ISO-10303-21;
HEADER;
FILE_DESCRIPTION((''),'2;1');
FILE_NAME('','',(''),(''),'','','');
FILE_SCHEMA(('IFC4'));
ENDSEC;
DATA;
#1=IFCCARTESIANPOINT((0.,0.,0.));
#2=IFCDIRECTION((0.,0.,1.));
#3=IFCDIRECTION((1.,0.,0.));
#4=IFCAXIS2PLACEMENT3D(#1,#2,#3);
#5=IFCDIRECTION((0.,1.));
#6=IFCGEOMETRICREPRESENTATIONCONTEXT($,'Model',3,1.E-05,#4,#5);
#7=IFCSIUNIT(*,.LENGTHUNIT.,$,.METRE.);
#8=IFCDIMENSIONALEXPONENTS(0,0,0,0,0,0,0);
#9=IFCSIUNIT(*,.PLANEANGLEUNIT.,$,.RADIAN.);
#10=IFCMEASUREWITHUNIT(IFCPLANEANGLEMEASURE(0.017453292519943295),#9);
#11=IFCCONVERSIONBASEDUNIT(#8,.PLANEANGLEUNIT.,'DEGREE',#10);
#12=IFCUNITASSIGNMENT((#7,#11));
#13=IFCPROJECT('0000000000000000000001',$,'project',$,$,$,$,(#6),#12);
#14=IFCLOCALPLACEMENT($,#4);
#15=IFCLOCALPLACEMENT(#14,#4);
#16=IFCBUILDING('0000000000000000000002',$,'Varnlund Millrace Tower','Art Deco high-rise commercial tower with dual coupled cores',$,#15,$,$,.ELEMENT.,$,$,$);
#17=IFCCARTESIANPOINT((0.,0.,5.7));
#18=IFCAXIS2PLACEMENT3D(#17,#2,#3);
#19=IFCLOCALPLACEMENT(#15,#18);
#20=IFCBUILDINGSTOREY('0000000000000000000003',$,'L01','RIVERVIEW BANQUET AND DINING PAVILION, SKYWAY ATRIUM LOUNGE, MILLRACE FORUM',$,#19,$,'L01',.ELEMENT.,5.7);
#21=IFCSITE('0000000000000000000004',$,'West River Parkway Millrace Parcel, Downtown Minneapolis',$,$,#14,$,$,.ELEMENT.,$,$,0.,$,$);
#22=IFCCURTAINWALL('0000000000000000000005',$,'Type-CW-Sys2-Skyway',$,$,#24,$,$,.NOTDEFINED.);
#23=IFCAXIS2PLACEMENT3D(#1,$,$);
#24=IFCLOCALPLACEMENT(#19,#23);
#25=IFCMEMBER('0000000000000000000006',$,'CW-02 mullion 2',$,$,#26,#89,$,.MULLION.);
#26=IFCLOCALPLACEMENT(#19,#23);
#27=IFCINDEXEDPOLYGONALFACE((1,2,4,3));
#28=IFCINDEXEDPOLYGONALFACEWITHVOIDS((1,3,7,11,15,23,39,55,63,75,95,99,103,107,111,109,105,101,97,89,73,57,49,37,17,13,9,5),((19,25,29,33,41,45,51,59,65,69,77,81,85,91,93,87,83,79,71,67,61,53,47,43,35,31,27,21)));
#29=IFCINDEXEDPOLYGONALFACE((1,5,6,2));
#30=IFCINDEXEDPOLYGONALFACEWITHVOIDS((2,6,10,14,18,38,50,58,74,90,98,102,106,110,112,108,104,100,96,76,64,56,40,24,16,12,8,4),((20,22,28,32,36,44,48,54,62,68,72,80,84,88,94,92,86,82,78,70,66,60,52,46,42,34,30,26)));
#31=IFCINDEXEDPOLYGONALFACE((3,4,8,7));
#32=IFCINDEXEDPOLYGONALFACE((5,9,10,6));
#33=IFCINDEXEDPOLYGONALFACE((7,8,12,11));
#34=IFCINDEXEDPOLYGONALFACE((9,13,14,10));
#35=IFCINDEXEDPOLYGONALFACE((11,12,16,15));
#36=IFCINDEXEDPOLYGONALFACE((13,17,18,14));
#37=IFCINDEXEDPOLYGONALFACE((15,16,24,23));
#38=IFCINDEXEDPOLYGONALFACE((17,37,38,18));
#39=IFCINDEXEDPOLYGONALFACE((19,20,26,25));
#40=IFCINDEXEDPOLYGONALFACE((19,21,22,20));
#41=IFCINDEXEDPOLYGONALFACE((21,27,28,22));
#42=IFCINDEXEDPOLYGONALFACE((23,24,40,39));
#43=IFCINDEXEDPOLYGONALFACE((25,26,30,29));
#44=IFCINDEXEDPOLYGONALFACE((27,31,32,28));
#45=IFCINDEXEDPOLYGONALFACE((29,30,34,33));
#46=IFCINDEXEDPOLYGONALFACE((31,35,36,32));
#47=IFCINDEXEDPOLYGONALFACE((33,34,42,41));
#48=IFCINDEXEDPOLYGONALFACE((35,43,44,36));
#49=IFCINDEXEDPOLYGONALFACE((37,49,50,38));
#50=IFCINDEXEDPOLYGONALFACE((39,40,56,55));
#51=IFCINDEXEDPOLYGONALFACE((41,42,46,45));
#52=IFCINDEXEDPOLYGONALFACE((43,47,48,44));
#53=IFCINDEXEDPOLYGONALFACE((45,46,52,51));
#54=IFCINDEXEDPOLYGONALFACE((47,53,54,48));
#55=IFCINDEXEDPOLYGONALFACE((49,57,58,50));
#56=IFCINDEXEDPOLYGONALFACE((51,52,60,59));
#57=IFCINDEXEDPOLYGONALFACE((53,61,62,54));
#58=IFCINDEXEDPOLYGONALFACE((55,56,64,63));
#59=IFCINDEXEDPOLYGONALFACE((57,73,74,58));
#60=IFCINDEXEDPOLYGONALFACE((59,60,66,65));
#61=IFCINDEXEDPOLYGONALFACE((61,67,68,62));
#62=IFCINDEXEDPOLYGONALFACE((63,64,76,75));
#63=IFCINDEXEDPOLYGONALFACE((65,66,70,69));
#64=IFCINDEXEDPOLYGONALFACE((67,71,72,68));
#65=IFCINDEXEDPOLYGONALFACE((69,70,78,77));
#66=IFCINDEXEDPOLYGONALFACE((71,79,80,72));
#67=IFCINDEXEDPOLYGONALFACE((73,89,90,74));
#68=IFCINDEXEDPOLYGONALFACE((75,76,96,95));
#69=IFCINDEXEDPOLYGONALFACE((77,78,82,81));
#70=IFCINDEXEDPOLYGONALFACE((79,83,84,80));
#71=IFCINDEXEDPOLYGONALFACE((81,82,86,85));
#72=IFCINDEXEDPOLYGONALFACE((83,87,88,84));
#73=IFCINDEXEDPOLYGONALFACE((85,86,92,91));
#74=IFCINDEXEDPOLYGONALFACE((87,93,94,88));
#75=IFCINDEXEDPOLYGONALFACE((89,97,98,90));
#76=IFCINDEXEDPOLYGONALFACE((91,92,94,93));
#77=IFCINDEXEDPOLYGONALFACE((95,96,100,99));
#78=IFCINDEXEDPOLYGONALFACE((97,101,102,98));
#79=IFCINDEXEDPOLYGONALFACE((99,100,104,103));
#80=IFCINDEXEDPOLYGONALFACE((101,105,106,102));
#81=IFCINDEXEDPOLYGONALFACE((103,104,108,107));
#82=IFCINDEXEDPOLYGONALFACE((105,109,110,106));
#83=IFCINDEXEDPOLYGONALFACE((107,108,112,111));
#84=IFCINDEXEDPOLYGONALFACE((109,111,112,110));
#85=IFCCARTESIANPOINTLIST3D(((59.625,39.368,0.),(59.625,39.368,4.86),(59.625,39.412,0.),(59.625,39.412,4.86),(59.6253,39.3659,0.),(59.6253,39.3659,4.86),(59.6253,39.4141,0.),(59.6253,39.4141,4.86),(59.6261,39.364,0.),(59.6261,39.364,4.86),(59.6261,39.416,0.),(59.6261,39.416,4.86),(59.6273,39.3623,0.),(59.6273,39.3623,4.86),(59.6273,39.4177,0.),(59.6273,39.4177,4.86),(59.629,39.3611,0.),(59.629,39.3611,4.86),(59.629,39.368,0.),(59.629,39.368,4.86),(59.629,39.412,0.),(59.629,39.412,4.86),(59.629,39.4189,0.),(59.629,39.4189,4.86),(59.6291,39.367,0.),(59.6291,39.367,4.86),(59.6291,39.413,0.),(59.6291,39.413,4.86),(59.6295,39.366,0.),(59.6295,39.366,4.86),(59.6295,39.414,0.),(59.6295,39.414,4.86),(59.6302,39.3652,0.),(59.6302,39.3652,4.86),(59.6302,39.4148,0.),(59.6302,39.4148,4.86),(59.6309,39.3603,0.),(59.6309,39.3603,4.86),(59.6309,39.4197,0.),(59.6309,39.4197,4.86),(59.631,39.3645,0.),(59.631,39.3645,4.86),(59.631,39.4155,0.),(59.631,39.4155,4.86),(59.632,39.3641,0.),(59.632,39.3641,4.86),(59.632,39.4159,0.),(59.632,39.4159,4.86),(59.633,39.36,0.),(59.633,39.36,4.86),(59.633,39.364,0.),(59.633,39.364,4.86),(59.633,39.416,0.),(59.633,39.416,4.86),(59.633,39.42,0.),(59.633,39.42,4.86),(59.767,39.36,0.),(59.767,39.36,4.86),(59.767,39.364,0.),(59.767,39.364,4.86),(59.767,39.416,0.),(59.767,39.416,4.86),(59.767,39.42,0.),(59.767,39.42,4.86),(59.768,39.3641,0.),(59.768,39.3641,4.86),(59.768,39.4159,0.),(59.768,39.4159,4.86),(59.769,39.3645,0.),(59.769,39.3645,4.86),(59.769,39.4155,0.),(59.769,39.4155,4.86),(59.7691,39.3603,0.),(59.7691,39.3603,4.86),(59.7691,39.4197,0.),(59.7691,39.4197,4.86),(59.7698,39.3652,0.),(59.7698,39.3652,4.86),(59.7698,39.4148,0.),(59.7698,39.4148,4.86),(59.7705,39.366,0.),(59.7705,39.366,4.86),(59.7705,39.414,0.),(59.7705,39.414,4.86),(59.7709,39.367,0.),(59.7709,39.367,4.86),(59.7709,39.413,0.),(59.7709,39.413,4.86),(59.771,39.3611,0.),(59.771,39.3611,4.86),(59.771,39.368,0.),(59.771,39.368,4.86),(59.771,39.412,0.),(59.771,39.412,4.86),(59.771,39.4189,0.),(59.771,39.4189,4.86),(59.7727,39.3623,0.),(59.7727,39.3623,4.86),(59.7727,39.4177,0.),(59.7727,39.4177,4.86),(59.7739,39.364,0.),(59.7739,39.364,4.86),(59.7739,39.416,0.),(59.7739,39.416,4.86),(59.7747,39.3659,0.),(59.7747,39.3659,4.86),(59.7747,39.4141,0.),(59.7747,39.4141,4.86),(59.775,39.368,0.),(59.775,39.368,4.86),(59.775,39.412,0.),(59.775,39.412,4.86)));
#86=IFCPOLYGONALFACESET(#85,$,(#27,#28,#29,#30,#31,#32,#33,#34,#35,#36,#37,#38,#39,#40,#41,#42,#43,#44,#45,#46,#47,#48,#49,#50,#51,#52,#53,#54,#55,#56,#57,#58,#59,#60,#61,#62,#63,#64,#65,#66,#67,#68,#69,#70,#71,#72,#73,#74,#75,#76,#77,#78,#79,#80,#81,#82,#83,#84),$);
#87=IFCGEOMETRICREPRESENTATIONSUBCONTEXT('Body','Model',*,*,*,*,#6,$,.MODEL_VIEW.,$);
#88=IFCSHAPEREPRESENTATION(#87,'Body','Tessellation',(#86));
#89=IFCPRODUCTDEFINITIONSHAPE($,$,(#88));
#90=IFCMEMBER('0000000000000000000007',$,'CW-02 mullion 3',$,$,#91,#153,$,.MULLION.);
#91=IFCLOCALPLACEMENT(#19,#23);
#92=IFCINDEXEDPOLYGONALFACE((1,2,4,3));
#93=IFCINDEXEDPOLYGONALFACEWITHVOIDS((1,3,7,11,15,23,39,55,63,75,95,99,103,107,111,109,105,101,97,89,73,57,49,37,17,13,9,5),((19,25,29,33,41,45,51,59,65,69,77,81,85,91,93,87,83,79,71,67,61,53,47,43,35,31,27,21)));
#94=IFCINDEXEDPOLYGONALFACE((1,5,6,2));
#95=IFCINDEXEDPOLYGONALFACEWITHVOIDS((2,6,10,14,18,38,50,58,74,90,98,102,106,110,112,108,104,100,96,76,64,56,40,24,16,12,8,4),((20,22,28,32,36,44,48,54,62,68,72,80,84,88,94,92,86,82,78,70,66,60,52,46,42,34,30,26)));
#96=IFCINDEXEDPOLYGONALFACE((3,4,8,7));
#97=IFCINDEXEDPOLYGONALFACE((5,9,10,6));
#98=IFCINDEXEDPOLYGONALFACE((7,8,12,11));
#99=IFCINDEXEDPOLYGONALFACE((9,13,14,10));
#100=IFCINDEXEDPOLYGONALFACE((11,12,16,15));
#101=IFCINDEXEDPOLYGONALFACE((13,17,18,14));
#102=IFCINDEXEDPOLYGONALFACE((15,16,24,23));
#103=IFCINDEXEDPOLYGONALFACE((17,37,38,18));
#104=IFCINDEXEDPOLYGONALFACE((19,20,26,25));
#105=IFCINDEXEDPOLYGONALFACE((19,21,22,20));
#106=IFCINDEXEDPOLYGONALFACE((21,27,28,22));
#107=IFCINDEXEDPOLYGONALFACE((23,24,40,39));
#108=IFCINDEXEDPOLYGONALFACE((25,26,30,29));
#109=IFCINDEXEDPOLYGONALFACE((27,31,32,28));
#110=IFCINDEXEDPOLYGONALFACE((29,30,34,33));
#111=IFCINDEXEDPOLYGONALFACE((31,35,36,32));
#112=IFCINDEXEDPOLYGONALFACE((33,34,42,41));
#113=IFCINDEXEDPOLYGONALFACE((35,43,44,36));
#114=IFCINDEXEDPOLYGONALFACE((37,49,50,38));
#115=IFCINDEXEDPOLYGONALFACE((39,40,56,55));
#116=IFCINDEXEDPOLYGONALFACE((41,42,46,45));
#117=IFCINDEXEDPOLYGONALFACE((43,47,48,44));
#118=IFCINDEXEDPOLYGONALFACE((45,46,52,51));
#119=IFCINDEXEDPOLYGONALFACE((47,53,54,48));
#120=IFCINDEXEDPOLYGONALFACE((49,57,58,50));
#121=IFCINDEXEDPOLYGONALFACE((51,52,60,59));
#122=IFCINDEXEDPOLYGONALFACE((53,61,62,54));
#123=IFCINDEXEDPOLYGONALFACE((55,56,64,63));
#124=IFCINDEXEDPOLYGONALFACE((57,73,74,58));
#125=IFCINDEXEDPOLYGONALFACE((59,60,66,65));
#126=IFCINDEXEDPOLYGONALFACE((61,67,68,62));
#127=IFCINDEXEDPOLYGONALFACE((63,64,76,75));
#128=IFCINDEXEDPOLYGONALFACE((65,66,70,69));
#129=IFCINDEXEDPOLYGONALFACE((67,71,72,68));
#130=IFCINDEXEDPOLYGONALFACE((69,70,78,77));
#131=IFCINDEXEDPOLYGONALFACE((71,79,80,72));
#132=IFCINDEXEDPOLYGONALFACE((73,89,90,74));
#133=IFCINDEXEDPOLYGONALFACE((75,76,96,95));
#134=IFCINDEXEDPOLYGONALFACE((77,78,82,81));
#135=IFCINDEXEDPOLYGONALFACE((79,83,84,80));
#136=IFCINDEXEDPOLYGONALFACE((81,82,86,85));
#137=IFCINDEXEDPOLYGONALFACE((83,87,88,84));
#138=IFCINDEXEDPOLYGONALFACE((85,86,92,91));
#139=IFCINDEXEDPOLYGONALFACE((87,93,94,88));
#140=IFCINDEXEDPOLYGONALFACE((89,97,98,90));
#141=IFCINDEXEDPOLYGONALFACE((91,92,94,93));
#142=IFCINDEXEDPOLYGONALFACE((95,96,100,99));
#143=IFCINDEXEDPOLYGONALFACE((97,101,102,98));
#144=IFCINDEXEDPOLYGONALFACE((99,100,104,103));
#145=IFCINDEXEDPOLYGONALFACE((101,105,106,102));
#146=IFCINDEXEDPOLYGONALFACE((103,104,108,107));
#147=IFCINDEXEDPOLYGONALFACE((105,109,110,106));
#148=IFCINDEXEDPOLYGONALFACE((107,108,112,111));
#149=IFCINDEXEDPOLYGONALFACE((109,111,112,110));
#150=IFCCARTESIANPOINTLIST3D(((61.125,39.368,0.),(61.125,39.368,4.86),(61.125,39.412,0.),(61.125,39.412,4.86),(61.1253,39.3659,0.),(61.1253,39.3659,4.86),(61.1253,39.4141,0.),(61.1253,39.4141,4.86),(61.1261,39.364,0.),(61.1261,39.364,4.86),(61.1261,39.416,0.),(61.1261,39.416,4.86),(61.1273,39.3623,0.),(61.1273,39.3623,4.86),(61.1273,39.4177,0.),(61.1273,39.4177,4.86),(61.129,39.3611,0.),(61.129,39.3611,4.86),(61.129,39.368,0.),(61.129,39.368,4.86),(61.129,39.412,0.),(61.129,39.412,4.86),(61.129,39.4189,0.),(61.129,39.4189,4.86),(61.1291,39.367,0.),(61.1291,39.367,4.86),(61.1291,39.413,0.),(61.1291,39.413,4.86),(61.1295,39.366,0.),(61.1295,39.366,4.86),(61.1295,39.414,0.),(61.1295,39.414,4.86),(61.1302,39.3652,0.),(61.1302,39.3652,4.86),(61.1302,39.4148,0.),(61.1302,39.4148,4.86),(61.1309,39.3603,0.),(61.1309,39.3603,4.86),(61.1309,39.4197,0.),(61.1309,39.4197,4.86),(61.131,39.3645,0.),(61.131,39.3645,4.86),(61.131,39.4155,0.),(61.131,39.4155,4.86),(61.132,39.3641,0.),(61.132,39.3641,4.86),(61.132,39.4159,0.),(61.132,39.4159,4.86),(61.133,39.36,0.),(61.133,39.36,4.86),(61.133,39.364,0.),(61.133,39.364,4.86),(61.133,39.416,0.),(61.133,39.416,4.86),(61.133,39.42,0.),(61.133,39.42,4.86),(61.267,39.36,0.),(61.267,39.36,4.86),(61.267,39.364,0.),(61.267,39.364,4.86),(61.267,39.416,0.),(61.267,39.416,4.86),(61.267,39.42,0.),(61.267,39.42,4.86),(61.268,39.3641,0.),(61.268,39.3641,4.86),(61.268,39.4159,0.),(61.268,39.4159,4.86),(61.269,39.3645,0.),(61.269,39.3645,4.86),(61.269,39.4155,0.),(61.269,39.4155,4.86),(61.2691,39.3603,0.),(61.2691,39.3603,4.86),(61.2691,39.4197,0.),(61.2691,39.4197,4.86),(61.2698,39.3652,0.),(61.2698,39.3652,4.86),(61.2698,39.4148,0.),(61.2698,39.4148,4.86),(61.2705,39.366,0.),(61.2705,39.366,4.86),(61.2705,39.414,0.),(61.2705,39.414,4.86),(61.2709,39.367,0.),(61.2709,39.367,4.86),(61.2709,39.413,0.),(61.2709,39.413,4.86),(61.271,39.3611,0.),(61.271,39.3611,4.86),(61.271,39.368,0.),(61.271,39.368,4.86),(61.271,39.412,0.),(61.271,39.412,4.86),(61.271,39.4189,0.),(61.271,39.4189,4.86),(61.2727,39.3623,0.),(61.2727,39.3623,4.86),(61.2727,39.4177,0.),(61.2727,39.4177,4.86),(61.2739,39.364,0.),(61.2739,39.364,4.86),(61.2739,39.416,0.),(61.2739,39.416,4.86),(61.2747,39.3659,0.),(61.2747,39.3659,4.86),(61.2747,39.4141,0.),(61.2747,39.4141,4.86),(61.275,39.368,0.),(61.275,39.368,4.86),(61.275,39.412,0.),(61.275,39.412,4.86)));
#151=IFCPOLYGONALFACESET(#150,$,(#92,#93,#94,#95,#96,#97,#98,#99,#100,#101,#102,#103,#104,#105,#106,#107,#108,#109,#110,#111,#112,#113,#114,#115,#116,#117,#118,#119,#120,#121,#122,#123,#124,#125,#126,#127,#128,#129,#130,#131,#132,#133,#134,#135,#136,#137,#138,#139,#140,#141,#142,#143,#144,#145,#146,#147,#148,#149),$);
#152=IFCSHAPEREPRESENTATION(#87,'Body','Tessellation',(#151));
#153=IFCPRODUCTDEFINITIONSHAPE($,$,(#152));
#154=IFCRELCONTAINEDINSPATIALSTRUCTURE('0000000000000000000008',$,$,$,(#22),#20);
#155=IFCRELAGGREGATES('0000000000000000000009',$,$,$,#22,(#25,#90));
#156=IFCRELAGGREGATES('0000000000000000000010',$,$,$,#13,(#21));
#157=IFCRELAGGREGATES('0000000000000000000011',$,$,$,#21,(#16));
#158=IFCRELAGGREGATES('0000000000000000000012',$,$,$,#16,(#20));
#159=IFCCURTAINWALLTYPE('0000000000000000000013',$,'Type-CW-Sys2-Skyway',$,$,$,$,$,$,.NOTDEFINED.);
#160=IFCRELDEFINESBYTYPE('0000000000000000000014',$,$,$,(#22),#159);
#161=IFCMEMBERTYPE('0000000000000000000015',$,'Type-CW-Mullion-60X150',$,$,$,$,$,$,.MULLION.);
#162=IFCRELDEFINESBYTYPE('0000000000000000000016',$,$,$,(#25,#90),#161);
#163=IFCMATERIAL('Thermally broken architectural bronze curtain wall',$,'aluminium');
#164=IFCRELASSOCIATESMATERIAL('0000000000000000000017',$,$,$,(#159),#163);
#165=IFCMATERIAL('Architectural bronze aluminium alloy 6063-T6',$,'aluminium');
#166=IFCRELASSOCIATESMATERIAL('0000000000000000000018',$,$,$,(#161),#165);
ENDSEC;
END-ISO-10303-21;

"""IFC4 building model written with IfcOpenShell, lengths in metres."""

from ifc_helpers import new_model, entity, si_unit, converted_unit, direction, frame, origin_with_axes, origin_2d_with_axis, place, context, subcontext, project, spatial, hollow_rectangle, extrude, material, material_profile, profile_set, type_object, element, aggregate, save


model = new_model("IFC4")

# Units and contexts
model_context = context("Model", 3, precision=1e-05, world=origin_with_axes(), true_north=direction((0.0, 1.0)))
body_context = subcontext(model_context, "Body", "Model", "MODEL_VIEW")
ifc_project = project(units=[si_unit("LENGTHUNIT", "METRE"), converted_unit("PLANEANGLEUNIT", "DEGREE", entity("IfcPlaneAngleMeasure", 0.017453292519943295), si_unit("PLANEANGLEUNIT", "RADIAN"), dimensions=[0, 0, 0, 0, 0, 0, 0])], contexts=[model_context])

# Site, building, storey
site_placement = place(None, origin_with_axes())
site = spatial("IfcSite", under=ifc_project, at=site_placement, Name="West River Parkway Millrace Parcel, Downtown Minneapolis", CompositionType="ELEMENT", RefElevation=0.0)
building_placement = place(site_placement, origin_with_axes())
building = spatial("IfcBuilding", under=site, at=building_placement, Name="Varnlund Millrace Tower", Description="Art Deco high-rise commercial tower with dual coupled cores", CompositionType="ELEMENT")
storey_placement = place(building_placement, frame((0.0, 0.0, 5.7), z_axis=(0.0, 0.0, 1.0), x_axis=(1.0, 0.0, 0.0)))
storey = spatial("IfcBuildingStorey", under=building, at=storey_placement, Name="L01", Description="RIVERVIEW BANQUET AND DINING PAVILION, SKYWAY ATRIUM LOUNGE, MILLRACE FORUM", LongName="L01", CompositionType="ELEMENT", Elevation=5.7)

# Curtain wall, members
ifc_material_1 = material(Name="Thermally broken architectural bronze curtain wall", Category="aluminium")
curtain_wall_type = type_object("IfcCurtainWallType", Name="Type-CW-Sys2-Skyway", PredefinedType="NOTDEFINED", material=ifc_material_1)
curtain_wall_1_placement = place(storey_placement, frame((58.2, 39.39, 0.0), z_axis=(0.0, 0.0, 1.0), x_axis=(1.0, 0.0, 0.0)))
curtain_wall_1 = element("IfcCurtainWall", 1, at=curtain_wall_1_placement, inside=storey, type_object=curtain_wall_type, Name="Type-CW-Sys2-Skyway", PredefinedType="NOTDEFINED")
ifc_material_2 = material(Name="Architectural bronze aluminium alloy 6063-T6", Category="aluminium")
ifc_material_profile_1 = material_profile(ifc_material_2, hollow_rectangle(XDim=0.06, YDim=0.15, WallThickness=0.004, InnerFilletRadius=0.004, OuterFilletRadius=0.008, at=origin_2d_with_axis()), Name="Architectural bronze aluminium alloy 6063-T6")
ifc_profile_set_1 = profile_set([ifc_material_profile_1], Name="Architectural bronze aluminium alloy 6063-T6")
member_type_1 = type_object("IfcMemberType", Name="Type-CW-Mullion-60X150", PredefinedType="MULLION", material=ifc_profile_set_1)
member_1_placement = place(storey_placement, frame((59.7, 39.39, 0.0), z_axis=(0.0, 0.0, 1.0), x_axis=(0.0, 1.0, 0.0)))
member_1 = element("IfcMember", 2, at=member_1_placement, type_object=member_type_1, Name="CW-02 mullion 2", PredefinedType="MULLION", context=body_context, shape_type="SweptSolid", body=[
    extrude(hollow_rectangle(XDim=0.06, YDim=0.15, WallThickness=0.004, InnerFilletRadius=0.004, OuterFilletRadius=0.008, at=origin_2d_with_axis()), origin_with_axes(), (0.0, 0.0, 1.0), 4.86),
])
member_2_placement = place(storey_placement, frame((61.2, 39.39, 0.0), z_axis=(0.0, 0.0, 1.0), x_axis=(0.0, 1.0, 0.0)))
member_2 = element("IfcMember", 3, at=member_2_placement, type_object=member_type_1, Name="CW-02 mullion 3", PredefinedType="MULLION", context=body_context, shape_type="SweptSolid", body=[
    extrude(hollow_rectangle(XDim=0.06, YDim=0.15, WallThickness=0.004, InnerFilletRadius=0.004, OuterFilletRadius=0.008, at=origin_2d_with_axis()), origin_with_axes(), (0.0, 0.0, 1.0), 4.86),
])

aggregate(curtain_wall_1, [member_1, member_2])

save(model, "model.ifc")
